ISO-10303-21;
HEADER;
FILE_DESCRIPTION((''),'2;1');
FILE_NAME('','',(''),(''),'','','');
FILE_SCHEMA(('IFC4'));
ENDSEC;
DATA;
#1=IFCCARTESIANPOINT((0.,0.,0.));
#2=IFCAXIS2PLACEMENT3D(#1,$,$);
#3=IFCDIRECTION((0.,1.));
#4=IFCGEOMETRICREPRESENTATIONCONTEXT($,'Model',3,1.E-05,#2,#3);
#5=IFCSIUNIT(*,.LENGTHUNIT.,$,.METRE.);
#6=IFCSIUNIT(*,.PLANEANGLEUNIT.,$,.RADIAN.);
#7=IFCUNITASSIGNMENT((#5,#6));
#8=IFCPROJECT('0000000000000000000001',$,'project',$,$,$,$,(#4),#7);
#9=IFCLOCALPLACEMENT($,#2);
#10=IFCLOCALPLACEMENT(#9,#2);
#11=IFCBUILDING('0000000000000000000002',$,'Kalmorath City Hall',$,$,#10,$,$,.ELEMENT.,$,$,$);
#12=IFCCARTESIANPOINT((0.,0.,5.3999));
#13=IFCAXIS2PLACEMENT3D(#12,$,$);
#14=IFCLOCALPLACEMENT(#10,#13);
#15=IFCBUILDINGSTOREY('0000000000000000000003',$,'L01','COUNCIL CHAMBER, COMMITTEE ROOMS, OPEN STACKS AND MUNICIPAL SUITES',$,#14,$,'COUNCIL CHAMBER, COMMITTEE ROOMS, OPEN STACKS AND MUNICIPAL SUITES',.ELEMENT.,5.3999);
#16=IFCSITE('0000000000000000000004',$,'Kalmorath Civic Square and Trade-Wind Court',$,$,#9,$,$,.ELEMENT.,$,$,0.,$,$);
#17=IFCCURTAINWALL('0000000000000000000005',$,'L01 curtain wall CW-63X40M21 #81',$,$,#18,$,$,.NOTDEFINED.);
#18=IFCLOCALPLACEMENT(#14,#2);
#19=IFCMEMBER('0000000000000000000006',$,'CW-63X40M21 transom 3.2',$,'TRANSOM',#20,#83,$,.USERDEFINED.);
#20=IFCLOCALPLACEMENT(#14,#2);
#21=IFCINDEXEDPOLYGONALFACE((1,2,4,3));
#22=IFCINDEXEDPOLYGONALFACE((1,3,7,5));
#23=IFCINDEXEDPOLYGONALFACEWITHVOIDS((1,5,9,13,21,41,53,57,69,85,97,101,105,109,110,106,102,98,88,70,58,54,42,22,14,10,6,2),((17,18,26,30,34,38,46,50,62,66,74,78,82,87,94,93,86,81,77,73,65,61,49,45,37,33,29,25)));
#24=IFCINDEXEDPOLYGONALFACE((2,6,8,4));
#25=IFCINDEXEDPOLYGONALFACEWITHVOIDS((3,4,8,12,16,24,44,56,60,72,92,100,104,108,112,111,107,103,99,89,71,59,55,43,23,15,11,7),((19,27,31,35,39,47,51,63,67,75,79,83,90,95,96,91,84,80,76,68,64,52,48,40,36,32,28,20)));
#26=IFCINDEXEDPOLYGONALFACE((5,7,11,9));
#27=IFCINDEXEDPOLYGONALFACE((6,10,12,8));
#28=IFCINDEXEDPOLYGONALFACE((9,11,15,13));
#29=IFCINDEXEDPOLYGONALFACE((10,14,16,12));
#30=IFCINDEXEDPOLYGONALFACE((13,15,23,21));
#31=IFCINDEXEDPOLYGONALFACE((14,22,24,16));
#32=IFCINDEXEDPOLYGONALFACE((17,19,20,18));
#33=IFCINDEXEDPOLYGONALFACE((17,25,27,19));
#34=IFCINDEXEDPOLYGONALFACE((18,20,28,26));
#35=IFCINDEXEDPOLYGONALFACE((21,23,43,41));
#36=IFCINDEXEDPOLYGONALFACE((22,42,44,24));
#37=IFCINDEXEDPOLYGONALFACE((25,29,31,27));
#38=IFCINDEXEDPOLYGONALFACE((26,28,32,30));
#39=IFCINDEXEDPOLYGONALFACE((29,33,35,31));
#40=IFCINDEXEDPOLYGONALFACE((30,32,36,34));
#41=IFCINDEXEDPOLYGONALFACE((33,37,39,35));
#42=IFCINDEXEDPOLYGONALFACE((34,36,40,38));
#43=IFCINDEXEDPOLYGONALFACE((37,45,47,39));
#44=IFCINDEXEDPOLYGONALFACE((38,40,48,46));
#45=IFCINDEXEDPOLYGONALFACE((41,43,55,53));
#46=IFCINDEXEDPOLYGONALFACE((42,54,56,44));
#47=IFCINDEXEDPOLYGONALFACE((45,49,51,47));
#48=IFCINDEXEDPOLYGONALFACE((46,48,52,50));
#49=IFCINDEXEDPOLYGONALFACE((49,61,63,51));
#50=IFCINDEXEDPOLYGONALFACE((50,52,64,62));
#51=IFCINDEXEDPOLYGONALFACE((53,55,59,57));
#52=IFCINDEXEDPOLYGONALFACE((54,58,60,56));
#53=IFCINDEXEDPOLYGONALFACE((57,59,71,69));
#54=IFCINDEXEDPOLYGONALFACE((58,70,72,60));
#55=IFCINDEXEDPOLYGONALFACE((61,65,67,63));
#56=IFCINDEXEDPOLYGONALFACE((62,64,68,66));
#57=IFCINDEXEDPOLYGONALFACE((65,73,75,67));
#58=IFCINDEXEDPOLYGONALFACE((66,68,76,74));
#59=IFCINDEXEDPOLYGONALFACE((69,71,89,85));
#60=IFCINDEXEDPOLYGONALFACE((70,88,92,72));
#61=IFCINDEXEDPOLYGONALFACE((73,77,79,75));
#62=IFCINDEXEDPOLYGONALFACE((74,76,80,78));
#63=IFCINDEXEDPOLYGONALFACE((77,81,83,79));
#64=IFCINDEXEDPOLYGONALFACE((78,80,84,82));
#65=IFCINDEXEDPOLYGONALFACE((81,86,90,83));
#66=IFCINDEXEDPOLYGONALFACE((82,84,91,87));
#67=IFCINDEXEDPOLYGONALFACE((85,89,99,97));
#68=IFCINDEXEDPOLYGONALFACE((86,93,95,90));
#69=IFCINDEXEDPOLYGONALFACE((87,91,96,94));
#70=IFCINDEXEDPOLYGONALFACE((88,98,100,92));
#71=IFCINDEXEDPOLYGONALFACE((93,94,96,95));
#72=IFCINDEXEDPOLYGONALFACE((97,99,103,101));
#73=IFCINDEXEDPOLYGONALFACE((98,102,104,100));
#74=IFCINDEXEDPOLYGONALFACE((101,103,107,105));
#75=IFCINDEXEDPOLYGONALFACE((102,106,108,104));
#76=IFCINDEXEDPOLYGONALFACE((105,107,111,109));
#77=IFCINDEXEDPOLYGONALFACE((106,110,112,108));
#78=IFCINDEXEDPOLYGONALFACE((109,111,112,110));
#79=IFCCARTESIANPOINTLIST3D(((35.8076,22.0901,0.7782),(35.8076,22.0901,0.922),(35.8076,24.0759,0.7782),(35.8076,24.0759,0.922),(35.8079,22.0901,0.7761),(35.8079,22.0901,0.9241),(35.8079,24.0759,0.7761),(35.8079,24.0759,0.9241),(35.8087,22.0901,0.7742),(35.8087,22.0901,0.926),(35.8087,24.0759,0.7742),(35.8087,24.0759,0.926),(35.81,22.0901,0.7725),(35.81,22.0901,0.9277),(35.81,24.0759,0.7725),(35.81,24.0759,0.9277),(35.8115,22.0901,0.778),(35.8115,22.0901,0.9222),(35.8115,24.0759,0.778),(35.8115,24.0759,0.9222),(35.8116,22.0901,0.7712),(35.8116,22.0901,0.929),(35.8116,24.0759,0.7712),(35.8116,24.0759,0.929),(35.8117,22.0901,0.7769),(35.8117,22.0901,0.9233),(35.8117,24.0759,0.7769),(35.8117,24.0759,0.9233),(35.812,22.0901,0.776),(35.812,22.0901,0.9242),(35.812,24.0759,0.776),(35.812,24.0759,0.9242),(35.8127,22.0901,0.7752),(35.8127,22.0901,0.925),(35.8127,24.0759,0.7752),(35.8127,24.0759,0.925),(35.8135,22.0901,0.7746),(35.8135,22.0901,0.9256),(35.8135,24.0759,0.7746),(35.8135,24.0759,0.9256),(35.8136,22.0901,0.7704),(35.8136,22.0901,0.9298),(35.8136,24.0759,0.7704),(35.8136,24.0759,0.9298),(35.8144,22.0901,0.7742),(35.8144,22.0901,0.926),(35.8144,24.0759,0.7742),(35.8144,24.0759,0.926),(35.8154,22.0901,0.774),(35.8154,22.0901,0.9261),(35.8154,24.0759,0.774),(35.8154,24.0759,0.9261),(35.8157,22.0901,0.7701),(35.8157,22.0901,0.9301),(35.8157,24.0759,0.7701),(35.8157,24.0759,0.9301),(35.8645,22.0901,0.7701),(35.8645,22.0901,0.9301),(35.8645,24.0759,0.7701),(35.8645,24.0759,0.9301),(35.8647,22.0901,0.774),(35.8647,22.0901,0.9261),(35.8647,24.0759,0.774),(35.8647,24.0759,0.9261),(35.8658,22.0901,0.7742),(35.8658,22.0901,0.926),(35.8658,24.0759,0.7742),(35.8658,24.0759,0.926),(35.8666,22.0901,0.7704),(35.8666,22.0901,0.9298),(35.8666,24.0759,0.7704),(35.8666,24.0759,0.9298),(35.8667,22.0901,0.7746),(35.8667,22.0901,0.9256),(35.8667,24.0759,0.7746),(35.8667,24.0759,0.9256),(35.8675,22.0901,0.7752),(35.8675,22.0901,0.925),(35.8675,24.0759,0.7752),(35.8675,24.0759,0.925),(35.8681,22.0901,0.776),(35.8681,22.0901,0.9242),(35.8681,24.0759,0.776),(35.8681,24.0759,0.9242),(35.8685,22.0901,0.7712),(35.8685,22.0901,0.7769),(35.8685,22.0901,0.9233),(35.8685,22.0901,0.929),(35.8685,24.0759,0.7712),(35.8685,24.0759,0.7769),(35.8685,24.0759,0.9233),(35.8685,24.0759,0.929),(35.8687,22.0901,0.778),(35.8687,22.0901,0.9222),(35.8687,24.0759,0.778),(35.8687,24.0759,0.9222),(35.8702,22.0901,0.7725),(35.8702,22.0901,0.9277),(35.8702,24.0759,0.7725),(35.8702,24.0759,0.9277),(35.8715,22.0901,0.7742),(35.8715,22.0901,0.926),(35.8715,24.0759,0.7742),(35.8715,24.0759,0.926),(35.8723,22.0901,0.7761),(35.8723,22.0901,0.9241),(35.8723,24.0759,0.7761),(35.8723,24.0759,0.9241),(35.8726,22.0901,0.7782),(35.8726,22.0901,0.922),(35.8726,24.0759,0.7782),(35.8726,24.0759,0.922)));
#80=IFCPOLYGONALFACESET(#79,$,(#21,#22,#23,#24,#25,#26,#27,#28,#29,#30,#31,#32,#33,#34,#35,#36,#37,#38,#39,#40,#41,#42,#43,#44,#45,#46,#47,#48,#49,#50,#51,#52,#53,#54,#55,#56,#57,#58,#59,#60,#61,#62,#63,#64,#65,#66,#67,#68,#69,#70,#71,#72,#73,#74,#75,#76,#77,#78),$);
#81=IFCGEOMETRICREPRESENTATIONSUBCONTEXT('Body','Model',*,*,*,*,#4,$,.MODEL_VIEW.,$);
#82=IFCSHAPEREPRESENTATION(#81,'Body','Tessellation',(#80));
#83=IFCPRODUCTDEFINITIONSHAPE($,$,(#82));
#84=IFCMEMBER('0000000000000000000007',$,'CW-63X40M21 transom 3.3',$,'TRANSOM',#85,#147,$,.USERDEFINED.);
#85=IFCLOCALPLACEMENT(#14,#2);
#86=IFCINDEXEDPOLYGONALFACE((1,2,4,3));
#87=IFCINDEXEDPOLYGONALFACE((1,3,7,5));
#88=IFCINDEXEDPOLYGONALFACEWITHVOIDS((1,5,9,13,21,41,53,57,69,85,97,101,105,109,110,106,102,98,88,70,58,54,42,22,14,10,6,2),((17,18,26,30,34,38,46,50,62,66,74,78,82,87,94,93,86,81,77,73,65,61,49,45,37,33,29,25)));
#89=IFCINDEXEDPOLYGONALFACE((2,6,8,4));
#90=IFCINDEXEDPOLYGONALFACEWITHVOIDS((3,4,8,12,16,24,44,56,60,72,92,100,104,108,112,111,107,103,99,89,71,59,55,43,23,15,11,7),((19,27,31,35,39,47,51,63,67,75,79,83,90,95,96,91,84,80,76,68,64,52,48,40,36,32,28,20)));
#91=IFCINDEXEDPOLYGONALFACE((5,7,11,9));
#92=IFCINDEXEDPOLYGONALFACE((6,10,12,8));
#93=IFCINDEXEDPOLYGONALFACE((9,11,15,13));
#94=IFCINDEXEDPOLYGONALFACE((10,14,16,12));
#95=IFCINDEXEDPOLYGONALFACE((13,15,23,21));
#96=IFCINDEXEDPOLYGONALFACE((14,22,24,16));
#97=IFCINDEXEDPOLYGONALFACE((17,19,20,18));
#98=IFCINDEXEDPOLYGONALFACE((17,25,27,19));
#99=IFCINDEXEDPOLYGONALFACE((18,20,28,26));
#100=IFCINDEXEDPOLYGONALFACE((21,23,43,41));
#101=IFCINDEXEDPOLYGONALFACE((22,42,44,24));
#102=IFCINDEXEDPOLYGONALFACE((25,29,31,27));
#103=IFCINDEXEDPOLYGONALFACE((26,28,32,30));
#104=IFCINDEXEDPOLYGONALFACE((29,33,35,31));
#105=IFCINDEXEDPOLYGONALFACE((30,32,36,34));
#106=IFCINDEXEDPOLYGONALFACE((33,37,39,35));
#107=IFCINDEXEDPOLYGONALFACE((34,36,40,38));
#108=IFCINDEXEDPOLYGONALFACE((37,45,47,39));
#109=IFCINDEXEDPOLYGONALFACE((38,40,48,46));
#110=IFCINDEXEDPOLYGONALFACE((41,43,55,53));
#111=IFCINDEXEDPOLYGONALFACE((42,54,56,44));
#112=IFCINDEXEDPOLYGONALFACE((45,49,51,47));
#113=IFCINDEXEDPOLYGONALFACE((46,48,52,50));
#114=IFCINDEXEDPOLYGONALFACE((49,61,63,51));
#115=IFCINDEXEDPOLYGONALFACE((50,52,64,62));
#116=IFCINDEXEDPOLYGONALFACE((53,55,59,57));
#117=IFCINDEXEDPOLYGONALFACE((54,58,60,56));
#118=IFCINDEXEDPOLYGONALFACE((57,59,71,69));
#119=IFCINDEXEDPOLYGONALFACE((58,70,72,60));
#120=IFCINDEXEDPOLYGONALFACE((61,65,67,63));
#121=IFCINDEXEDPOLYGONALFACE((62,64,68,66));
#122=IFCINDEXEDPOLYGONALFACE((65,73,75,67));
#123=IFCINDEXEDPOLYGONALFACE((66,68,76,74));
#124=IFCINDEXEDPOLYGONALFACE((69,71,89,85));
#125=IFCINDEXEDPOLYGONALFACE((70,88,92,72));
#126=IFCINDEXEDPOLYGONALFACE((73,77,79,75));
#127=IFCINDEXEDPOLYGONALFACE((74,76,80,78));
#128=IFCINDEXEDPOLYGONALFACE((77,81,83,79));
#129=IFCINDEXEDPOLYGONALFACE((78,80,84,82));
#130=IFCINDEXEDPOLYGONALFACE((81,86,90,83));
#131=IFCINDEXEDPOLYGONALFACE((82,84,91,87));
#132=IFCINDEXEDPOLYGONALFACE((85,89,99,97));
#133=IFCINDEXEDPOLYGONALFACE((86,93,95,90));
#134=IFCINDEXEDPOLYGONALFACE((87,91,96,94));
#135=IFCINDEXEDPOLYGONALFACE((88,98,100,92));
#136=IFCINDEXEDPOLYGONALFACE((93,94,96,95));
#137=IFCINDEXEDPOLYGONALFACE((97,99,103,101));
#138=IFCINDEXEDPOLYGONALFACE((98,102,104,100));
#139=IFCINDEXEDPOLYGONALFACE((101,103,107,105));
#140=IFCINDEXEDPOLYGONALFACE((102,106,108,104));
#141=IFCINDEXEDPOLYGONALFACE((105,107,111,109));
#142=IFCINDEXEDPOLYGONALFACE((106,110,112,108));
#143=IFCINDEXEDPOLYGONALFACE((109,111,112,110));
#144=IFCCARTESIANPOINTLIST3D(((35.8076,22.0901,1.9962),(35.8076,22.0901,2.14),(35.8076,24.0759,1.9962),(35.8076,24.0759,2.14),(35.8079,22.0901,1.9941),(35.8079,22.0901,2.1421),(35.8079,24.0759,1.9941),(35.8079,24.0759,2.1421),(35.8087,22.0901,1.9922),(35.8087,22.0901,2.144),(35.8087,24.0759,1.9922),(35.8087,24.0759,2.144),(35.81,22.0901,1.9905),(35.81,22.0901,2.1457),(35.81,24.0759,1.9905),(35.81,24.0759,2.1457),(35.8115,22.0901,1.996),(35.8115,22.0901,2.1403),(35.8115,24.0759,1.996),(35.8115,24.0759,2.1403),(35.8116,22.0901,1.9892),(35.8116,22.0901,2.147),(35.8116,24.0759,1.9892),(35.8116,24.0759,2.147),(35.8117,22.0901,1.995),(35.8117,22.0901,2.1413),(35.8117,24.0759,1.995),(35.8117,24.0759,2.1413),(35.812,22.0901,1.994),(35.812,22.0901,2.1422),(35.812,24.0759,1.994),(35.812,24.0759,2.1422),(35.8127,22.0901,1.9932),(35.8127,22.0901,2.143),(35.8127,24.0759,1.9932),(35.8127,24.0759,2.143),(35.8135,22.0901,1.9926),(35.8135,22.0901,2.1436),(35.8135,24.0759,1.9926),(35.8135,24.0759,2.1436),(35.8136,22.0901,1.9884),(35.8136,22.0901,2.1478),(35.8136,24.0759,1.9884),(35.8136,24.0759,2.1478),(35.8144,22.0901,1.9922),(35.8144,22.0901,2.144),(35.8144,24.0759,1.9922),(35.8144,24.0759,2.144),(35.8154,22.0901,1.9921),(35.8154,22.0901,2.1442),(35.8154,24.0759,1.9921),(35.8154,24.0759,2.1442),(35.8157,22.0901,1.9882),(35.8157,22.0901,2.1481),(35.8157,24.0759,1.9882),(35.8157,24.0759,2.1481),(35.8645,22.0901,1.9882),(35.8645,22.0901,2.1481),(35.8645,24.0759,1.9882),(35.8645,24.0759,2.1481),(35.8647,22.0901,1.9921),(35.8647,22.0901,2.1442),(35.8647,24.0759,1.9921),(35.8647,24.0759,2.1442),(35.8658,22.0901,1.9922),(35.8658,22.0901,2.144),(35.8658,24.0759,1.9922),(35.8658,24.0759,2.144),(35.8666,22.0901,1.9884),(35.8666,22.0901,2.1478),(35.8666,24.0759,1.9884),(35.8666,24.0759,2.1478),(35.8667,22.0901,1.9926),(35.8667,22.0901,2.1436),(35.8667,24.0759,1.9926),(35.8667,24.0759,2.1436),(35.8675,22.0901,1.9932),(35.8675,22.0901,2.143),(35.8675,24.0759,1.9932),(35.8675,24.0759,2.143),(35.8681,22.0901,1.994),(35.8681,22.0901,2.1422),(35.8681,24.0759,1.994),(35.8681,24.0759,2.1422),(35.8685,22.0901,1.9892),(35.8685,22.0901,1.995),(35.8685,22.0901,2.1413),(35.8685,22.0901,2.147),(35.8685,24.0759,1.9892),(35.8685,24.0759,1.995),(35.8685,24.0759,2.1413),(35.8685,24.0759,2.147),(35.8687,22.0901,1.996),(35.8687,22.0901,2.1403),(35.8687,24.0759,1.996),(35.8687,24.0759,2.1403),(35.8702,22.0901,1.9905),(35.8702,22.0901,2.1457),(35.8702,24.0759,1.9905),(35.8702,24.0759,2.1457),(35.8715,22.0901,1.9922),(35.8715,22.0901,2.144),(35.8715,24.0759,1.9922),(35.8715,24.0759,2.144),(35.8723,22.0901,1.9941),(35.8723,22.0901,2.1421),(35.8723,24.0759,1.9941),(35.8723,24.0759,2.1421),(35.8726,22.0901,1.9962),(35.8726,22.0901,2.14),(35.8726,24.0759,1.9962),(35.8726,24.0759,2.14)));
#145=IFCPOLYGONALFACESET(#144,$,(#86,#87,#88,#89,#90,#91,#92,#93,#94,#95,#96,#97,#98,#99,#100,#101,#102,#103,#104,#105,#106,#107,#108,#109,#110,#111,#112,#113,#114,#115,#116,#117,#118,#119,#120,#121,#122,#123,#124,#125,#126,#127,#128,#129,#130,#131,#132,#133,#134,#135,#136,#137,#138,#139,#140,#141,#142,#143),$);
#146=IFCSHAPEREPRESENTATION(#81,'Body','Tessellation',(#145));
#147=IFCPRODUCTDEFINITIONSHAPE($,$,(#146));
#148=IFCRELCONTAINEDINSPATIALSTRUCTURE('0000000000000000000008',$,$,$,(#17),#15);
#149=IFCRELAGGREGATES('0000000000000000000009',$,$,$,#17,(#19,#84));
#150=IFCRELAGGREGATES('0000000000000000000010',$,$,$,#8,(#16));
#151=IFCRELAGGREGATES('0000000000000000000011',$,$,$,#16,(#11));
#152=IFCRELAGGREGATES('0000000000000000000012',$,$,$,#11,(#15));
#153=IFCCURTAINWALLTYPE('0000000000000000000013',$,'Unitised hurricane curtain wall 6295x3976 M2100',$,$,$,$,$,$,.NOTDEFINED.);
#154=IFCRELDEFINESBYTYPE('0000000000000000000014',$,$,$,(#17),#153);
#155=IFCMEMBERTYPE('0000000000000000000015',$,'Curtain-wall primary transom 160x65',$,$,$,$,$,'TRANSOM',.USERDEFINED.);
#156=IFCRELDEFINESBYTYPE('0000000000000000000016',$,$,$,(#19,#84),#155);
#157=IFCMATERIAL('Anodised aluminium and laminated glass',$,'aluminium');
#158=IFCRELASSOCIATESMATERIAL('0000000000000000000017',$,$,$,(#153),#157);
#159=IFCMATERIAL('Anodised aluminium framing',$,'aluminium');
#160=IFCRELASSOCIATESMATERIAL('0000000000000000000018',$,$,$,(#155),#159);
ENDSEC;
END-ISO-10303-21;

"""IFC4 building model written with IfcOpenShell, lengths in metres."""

from ifc_helpers import new_model, si_unit, direction, frame, origin, origin_2d, place, context, subcontext, project, spatial, hollow_rectangle, extrude, material, material_profile, profile_set, type_object, element, aggregate, save


model = new_model("IFC4")

# Units and contexts
model_context = context("Model", 3, precision=1e-05, world=origin(), true_north=direction((0.0, 1.0)))
body_context = subcontext(model_context, "Body", "Model", "MODEL_VIEW")
ifc_project = project(units=[si_unit("LENGTHUNIT", "METRE"), si_unit("PLANEANGLEUNIT", "RADIAN")], contexts=[model_context])

# Site, building, storey
site_placement = place(None, origin())
site = spatial("IfcSite", under=ifc_project, at=site_placement, Name="Kalmorath Civic Square and Trade-Wind Court", CompositionType="ELEMENT", RefElevation=0.0)
building_placement = place(site_placement, origin())
building = spatial("IfcBuilding", under=site, at=building_placement, Name="Kalmorath City Hall", CompositionType="ELEMENT")
storey_placement = place(building_placement, frame((0.0, 0.0, 5.3999)))
storey = spatial("IfcBuildingStorey", under=building, at=storey_placement, Name="L01", Description="COUNCIL CHAMBER, COMMITTEE ROOMS, OPEN STACKS AND MUNICIPAL SUITES", LongName="COUNCIL CHAMBER, COMMITTEE ROOMS, OPEN STACKS AND MUNICIPAL SUITES", CompositionType="ELEMENT", Elevation=5.3999)

# Curtain wall, members
ifc_material_1 = material(Name="Anodised aluminium and laminated glass", Category="aluminium")
curtain_wall_type = type_object("IfcCurtainWallType", Name="Unitised hurricane curtain wall 6295x3976 M2100", PredefinedType="NOTDEFINED", material=ifc_material_1)
curtain_wall_placement = place(storey_placement, origin())
curtain_wall = element("IfcCurtainWall", 1, at=curtain_wall_placement, inside=storey, type_object=curtain_wall_type, Name="L01 curtain wall CW-63X40M21 #81", PredefinedType="NOTDEFINED")
ifc_material_2 = material(Name="Anodised aluminium framing", Category="aluminium")
ifc_material_profile_1 = material_profile(ifc_material_2, hollow_rectangle(XDim=0.0649, YDim=0.1599, WallThickness=0.0039, InnerFilletRadius=0.0039, OuterFilletRadius=0.0081, at=origin_2d()), Name="ALU-TRN-160X65X4")
ifc_profile_set_1 = profile_set([ifc_material_profile_1], Name="Anodised aluminium framing")
member_type_1 = type_object("IfcMemberType", Name="Curtain-wall primary transom 160x65", ElementType="TRANSOM", PredefinedType="USERDEFINED", material=ifc_profile_set_1)
member_1_placement = place(storey_placement, frame((35.8401, 24.0759, 0.8501), z_axis=(0.0, -1.0, 0.0), x_axis=(1.0, 0.0, 0.0)))
member_1 = element("IfcMember", 2, at=member_1_placement, type_object=member_type_1, Name="CW-63X40M21 transom 3.2", ObjectType="TRANSOM", PredefinedType="USERDEFINED", context=body_context, shape_type="SweptSolid", body=[
    extrude(hollow_rectangle(XDim=0.0649, YDim=0.1599, WallThickness=0.0039, InnerFilletRadius=0.0039, OuterFilletRadius=0.0081, at=origin_2d()), origin(), (0.0, 0.0, 1.0), 1.9858),
])
member_2_placement = place(storey_placement, frame((35.8401, 24.0759, 2.0681), z_axis=(0.0, -1.0, 0.0), x_axis=(1.0, 0.0, 0.0)))
member_2 = element("IfcMember", 3, at=member_2_placement, type_object=member_type_1, Name="CW-63X40M21 transom 3.3", ObjectType="TRANSOM", PredefinedType="USERDEFINED", context=body_context, shape_type="SweptSolid", body=[
    extrude(hollow_rectangle(XDim=0.0649, YDim=0.1599, WallThickness=0.0039, InnerFilletRadius=0.0039, OuterFilletRadius=0.0081, at=origin_2d()), origin(), (0.0, 0.0, 1.0), 1.9858),
])
aggregate(curtain_wall, [member_1, member_2])

save(model, "model.ifc")
